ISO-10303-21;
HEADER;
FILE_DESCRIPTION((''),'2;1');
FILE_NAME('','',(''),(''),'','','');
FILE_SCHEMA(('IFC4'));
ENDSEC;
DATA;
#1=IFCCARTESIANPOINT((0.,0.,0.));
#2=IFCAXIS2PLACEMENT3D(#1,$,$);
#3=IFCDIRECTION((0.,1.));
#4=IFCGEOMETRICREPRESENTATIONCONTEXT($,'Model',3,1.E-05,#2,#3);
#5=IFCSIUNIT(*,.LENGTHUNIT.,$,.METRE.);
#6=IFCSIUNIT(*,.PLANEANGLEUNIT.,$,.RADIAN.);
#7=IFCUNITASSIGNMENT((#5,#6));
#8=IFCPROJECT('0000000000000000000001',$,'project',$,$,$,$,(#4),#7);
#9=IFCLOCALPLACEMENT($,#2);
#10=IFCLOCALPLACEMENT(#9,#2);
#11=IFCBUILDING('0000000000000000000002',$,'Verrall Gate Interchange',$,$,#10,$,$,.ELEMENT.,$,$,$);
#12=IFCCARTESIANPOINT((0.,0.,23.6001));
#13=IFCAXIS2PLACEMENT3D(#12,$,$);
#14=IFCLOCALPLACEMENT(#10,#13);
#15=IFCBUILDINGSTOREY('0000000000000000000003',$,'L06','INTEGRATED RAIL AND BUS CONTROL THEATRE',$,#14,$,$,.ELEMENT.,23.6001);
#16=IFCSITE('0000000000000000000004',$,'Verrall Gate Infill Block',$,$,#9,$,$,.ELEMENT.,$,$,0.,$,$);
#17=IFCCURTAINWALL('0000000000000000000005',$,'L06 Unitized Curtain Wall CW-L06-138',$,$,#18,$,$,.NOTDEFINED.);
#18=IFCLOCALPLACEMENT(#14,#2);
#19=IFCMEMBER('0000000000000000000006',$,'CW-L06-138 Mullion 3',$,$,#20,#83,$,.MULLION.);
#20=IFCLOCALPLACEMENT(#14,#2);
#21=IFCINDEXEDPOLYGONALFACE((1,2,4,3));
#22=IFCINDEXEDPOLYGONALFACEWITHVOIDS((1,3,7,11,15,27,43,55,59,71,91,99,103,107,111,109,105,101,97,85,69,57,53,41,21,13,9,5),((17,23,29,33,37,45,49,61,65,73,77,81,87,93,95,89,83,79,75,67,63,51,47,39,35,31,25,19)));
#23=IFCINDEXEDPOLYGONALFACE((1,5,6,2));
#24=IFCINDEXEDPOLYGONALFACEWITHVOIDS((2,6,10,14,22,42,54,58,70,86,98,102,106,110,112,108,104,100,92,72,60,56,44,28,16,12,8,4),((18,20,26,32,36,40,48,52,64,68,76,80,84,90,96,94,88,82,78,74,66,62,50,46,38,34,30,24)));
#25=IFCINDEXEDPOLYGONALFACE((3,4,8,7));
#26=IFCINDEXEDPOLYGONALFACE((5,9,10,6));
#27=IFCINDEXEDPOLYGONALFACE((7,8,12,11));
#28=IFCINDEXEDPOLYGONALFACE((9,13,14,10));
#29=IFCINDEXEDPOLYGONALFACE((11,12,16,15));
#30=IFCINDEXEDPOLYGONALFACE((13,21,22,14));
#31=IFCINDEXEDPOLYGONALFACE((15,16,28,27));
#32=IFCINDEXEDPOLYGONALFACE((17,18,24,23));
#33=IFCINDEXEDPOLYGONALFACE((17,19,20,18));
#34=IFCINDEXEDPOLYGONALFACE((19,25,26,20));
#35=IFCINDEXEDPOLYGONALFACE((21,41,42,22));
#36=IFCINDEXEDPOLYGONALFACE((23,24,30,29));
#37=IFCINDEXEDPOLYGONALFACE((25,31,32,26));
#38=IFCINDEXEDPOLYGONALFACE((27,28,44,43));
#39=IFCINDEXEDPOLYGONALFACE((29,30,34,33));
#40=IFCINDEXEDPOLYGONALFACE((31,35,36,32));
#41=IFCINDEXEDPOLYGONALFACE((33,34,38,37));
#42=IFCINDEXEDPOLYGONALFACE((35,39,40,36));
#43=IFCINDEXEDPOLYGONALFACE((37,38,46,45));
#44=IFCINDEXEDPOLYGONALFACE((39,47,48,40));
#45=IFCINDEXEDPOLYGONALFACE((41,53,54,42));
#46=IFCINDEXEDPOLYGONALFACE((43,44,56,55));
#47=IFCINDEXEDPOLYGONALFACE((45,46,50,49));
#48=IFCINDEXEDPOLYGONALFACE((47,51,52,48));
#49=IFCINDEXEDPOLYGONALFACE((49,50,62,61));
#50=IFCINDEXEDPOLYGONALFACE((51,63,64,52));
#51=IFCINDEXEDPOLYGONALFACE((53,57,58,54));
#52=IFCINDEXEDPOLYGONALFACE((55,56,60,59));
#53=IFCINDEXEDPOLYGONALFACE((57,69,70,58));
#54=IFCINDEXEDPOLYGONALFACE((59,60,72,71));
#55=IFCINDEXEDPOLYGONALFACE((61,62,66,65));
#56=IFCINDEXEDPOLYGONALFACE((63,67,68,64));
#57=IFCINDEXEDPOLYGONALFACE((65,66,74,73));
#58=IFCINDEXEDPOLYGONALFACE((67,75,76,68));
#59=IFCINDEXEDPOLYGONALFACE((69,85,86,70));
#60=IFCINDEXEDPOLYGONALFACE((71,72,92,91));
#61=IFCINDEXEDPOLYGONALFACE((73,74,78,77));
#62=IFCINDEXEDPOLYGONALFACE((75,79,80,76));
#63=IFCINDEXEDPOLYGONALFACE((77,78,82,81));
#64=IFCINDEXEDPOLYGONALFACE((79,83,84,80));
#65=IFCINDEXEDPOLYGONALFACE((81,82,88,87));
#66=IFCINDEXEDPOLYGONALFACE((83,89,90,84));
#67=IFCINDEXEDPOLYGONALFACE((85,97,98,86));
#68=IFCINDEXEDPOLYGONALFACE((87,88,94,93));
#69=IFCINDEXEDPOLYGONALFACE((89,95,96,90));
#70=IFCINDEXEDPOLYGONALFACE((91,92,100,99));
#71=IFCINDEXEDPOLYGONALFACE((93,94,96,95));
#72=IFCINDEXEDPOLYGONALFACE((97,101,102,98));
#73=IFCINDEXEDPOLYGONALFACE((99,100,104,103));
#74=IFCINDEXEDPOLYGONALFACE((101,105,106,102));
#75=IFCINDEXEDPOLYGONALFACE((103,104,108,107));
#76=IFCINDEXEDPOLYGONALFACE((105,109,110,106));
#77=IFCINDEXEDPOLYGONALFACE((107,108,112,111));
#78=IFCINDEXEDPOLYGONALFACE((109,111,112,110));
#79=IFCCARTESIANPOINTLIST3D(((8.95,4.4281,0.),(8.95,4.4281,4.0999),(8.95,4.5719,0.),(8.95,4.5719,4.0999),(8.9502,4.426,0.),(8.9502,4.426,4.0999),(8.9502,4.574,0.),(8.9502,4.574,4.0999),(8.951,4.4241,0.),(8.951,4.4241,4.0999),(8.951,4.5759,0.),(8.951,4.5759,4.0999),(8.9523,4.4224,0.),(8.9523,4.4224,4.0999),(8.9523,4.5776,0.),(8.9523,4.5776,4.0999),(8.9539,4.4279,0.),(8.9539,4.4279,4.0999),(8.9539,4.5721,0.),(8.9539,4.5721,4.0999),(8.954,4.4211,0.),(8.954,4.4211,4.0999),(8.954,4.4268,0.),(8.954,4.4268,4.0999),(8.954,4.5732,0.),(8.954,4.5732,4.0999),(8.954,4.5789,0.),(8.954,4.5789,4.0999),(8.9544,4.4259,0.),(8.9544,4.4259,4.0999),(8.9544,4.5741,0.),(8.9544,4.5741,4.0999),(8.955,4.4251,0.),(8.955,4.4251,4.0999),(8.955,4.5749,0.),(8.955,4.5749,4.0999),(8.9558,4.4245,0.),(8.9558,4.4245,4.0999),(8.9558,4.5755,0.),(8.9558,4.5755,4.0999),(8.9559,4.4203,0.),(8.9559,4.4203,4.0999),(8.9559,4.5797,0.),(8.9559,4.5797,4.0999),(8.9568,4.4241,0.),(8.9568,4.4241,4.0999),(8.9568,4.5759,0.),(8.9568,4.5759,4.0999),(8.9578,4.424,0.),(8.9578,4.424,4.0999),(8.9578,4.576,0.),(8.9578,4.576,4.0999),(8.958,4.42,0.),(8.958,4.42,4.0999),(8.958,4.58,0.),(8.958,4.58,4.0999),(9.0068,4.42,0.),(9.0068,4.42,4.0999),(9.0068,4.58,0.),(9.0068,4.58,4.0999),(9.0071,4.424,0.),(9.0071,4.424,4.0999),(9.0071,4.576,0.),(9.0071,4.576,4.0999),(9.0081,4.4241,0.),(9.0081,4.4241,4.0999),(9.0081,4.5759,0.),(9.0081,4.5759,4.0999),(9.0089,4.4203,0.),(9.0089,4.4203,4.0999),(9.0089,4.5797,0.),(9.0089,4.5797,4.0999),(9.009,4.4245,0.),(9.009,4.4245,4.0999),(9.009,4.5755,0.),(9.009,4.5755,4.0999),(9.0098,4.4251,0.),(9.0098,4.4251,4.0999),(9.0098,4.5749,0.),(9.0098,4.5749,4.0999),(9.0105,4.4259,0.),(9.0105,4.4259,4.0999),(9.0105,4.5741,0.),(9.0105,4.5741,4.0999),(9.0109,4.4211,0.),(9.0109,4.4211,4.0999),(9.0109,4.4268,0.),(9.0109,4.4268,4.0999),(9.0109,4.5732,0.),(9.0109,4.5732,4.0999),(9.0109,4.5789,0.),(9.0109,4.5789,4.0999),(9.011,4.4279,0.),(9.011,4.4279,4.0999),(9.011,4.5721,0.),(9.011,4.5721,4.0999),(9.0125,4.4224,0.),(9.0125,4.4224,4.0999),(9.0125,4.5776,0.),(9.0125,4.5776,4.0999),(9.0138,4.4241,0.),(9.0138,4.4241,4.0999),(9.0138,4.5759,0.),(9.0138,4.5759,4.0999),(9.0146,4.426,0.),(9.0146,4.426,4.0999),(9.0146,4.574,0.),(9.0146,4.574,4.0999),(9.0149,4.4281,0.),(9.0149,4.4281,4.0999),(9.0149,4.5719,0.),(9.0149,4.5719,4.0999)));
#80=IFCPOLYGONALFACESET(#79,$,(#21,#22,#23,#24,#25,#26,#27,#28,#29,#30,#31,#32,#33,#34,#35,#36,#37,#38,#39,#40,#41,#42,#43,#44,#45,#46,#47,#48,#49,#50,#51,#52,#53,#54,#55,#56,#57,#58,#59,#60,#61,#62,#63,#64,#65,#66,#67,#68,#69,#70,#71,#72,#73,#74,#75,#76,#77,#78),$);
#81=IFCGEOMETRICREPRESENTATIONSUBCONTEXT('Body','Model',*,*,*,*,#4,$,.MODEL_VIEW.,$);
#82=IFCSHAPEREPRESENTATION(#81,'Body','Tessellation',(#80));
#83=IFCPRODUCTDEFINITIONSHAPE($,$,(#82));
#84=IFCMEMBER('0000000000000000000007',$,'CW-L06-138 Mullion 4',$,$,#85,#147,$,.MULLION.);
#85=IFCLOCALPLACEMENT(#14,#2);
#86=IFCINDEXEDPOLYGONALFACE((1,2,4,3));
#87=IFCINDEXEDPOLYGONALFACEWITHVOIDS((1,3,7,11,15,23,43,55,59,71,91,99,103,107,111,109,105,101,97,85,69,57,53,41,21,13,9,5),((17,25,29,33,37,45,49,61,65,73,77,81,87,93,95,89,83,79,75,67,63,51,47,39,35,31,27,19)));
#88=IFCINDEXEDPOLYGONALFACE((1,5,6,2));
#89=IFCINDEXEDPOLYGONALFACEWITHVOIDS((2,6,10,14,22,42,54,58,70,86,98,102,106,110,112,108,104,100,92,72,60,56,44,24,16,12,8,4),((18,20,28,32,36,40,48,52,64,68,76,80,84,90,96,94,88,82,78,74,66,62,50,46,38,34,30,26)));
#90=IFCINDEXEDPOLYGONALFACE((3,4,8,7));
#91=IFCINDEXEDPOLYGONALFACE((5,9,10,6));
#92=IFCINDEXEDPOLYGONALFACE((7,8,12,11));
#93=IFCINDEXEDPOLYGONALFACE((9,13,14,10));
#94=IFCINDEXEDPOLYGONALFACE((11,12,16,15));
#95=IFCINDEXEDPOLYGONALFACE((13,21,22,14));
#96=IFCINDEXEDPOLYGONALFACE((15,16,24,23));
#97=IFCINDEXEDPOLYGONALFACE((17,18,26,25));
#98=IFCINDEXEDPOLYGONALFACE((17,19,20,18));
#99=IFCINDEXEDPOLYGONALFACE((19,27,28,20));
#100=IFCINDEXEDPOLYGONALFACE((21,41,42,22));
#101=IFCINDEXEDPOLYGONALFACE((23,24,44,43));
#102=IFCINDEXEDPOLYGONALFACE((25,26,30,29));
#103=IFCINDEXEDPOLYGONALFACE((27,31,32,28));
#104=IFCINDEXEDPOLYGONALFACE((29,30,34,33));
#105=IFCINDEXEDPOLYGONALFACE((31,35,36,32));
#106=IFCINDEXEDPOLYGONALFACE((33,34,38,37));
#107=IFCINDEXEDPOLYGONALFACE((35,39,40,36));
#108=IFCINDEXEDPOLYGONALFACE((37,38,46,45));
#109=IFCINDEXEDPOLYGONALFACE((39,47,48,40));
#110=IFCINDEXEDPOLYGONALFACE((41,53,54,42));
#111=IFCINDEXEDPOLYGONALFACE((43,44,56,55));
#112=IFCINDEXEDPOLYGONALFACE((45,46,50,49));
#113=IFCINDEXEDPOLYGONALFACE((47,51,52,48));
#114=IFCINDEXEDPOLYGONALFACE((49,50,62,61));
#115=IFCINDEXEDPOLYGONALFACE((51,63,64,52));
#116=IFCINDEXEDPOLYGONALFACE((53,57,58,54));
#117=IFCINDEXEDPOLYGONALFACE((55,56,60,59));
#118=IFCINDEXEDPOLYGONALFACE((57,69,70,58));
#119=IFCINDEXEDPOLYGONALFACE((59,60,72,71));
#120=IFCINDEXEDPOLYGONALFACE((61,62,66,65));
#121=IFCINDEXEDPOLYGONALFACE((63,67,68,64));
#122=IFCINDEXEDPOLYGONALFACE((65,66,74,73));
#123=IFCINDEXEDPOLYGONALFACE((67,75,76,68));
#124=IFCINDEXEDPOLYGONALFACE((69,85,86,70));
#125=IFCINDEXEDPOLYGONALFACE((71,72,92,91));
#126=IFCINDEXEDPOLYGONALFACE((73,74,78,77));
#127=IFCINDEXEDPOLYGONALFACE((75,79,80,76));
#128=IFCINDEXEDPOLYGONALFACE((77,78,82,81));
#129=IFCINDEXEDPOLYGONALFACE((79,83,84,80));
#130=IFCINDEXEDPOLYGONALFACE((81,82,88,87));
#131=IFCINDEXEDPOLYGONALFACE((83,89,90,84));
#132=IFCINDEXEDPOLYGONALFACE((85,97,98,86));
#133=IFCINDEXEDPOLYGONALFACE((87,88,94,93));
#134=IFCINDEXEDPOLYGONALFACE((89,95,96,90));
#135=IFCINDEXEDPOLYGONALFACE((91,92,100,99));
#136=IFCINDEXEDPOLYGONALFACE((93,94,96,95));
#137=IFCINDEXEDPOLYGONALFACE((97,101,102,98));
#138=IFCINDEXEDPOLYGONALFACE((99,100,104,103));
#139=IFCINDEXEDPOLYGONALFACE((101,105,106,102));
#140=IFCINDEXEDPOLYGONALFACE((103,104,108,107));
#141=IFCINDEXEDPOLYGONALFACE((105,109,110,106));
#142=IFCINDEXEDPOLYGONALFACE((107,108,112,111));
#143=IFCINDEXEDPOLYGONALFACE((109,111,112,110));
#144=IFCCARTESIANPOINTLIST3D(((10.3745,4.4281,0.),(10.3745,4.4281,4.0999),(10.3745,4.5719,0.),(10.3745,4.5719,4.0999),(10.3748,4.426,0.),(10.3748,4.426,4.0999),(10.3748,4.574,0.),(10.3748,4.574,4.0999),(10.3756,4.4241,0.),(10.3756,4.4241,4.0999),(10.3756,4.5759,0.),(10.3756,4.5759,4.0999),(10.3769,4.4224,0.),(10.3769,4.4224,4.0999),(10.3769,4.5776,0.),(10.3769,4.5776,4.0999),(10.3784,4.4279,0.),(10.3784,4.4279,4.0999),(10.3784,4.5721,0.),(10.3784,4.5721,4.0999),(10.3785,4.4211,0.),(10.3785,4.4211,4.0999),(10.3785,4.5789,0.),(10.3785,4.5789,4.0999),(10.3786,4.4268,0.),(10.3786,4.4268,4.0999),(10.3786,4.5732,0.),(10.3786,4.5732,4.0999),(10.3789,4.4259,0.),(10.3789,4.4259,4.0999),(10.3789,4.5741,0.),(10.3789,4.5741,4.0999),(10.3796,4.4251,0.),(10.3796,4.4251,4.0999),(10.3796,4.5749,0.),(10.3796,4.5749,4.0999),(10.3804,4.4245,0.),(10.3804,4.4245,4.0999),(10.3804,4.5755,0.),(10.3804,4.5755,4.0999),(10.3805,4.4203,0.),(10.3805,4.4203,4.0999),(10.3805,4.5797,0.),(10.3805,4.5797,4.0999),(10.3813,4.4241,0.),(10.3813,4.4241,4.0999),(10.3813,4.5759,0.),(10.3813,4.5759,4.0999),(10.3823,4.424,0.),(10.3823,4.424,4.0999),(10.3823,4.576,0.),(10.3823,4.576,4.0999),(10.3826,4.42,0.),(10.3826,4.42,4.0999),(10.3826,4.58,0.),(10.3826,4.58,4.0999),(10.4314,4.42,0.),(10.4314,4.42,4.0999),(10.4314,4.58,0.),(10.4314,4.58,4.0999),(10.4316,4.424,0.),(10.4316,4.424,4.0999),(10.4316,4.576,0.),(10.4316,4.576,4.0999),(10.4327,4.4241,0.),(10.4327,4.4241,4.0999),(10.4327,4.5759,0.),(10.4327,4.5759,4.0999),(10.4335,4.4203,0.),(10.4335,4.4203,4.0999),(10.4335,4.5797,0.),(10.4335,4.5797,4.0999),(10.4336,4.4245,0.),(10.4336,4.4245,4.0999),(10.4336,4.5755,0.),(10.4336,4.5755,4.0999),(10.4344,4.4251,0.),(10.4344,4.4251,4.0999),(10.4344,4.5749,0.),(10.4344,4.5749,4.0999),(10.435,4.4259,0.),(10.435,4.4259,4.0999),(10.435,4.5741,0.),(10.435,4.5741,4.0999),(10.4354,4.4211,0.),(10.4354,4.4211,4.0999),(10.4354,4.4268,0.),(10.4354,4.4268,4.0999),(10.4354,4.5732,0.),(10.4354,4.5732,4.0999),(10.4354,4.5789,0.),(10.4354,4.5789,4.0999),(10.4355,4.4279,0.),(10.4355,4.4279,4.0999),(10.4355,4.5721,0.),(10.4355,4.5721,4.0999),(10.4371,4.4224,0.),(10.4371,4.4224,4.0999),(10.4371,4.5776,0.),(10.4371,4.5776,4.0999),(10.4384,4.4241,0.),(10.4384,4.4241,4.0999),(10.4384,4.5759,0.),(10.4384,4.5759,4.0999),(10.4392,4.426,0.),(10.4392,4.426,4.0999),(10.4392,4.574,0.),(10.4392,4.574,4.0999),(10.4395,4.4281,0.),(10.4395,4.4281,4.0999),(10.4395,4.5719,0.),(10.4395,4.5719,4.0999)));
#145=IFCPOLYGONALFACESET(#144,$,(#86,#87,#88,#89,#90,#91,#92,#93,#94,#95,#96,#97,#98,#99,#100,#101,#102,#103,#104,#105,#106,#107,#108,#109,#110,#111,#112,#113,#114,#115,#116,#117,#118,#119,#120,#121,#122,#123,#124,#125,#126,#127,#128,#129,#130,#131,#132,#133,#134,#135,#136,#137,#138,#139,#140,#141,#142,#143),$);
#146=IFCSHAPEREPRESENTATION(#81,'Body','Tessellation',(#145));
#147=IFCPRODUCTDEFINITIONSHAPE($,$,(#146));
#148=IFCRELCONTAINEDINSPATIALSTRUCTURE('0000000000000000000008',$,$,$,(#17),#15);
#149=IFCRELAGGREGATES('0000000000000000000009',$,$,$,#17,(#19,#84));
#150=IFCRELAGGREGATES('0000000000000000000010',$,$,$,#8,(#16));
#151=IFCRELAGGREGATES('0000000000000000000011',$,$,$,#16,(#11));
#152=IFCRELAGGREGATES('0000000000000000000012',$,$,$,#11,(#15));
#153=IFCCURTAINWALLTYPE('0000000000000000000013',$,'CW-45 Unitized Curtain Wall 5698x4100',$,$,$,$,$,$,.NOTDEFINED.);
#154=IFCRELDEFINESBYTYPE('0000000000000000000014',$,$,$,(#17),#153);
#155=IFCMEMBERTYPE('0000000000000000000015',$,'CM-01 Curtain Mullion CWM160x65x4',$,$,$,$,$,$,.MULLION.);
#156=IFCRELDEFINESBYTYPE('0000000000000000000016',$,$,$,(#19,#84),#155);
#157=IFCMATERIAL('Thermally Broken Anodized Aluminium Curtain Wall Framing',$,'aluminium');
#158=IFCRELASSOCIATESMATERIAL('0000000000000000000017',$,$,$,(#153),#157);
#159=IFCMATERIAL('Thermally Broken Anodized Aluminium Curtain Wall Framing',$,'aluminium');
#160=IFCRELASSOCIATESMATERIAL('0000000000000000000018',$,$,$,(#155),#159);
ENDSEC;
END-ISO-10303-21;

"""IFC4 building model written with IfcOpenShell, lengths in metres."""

from ifc_helpers import new_model, si_unit, direction, frame, origin, origin_2d, place, context, subcontext, project, spatial, hollow_rectangle, extrude, material, material_profile, profile_set, type_object, element, aggregate, save


model = new_model("IFC4")

# Units and contexts
model_context = context("Model", 3, precision=1e-05, world=origin(), true_north=direction((0.0, 1.0)))
body_context = subcontext(model_context, "Body", "Model", "MODEL_VIEW")
ifc_project = project(units=[si_unit("LENGTHUNIT", "METRE"), si_unit("PLANEANGLEUNIT", "RADIAN")], contexts=[model_context])

# Site, building, storey
site_placement = place(None, origin())
site = spatial("IfcSite", under=ifc_project, at=site_placement, Name="Verrall Gate Infill Block", CompositionType="ELEMENT", RefElevation=0.0)
building_placement = place(site_placement, origin())
building = spatial("IfcBuilding", under=site, at=building_placement, Name="Verrall Gate Interchange", CompositionType="ELEMENT")
storey_placement = place(building_placement, frame((0.0, 0.0, 23.6001)))
storey = spatial("IfcBuildingStorey", under=building, at=storey_placement, Name="L06", Description="INTEGRATED RAIL AND BUS CONTROL THEATRE", CompositionType="ELEMENT", Elevation=23.6001)

# Curtain wall, members
ifc_material_1 = material(Name="Thermally Broken Anodized Aluminium Curtain Wall Framing", Category="aluminium")
curtain_wall_type = type_object("IfcCurtainWallType", Name="CW-45 Unitized Curtain Wall 5698x4100", PredefinedType="NOTDEFINED", material=ifc_material_1)
curtain_wall_placement = place(storey_placement, origin())
curtain_wall = element("IfcCurtainWall", 1, at=curtain_wall_placement, inside=storey, type_object=curtain_wall_type, Name="L06 Unitized Curtain Wall CW-L06-138", PredefinedType="NOTDEFINED")
ifc_material_2 = material(Name="Thermally Broken Anodized Aluminium Curtain Wall Framing", Category="aluminium")
ifc_material_profile_1 = material_profile(ifc_material_2, hollow_rectangle(XDim=0.0649, YDim=0.1599, WallThickness=0.0039, InnerFilletRadius=0.0039, OuterFilletRadius=0.0081, at=origin_2d()), Name="CWM160x65x4")
ifc_profile_set_1 = profile_set([ifc_material_profile_1], Name="Thermally Broken Anodized Aluminium Curtain Wall Framing")
member_type_1 = type_object("IfcMemberType", Name="CM-01 Curtain Mullion CWM160x65x4", PredefinedType="MULLION", material=ifc_profile_set_1)
member_1_placement = place(storey_placement, frame((8.9824, 4.5, 0.0), z_axis=(0.0, 0.0, 1.0), x_axis=(1.0, 0.0, 0.0)))
member_1 = element("IfcMember", 2, at=member_1_placement, type_object=member_type_1, Name="CW-L06-138 Mullion 3", PredefinedType="MULLION", context=body_context, shape_type="SweptSolid", body=[
    extrude(hollow_rectangle(XDim=0.0649, YDim=0.1599, WallThickness=0.0039, InnerFilletRadius=0.0039, OuterFilletRadius=0.0081, at=origin_2d()), origin(), (0.0, 0.0, 1.0), 4.0999),
])
member_2_placement = place(storey_placement, frame((10.407, 4.5, 0.0), z_axis=(0.0, 0.0, 1.0), x_axis=(1.0, 0.0, 0.0)))
member_2 = element("IfcMember", 3, at=member_2_placement, type_object=member_type_1, Name="CW-L06-138 Mullion 4", PredefinedType="MULLION", context=body_context, shape_type="SweptSolid", body=[
    extrude(hollow_rectangle(XDim=0.0649, YDim=0.1599, WallThickness=0.0039, InnerFilletRadius=0.0039, OuterFilletRadius=0.0081, at=origin_2d()), origin(), (0.0, 0.0, 1.0), 4.0999),
])

aggregate(curtain_wall, [member_1, member_2])

save(model, "model.ifc")
